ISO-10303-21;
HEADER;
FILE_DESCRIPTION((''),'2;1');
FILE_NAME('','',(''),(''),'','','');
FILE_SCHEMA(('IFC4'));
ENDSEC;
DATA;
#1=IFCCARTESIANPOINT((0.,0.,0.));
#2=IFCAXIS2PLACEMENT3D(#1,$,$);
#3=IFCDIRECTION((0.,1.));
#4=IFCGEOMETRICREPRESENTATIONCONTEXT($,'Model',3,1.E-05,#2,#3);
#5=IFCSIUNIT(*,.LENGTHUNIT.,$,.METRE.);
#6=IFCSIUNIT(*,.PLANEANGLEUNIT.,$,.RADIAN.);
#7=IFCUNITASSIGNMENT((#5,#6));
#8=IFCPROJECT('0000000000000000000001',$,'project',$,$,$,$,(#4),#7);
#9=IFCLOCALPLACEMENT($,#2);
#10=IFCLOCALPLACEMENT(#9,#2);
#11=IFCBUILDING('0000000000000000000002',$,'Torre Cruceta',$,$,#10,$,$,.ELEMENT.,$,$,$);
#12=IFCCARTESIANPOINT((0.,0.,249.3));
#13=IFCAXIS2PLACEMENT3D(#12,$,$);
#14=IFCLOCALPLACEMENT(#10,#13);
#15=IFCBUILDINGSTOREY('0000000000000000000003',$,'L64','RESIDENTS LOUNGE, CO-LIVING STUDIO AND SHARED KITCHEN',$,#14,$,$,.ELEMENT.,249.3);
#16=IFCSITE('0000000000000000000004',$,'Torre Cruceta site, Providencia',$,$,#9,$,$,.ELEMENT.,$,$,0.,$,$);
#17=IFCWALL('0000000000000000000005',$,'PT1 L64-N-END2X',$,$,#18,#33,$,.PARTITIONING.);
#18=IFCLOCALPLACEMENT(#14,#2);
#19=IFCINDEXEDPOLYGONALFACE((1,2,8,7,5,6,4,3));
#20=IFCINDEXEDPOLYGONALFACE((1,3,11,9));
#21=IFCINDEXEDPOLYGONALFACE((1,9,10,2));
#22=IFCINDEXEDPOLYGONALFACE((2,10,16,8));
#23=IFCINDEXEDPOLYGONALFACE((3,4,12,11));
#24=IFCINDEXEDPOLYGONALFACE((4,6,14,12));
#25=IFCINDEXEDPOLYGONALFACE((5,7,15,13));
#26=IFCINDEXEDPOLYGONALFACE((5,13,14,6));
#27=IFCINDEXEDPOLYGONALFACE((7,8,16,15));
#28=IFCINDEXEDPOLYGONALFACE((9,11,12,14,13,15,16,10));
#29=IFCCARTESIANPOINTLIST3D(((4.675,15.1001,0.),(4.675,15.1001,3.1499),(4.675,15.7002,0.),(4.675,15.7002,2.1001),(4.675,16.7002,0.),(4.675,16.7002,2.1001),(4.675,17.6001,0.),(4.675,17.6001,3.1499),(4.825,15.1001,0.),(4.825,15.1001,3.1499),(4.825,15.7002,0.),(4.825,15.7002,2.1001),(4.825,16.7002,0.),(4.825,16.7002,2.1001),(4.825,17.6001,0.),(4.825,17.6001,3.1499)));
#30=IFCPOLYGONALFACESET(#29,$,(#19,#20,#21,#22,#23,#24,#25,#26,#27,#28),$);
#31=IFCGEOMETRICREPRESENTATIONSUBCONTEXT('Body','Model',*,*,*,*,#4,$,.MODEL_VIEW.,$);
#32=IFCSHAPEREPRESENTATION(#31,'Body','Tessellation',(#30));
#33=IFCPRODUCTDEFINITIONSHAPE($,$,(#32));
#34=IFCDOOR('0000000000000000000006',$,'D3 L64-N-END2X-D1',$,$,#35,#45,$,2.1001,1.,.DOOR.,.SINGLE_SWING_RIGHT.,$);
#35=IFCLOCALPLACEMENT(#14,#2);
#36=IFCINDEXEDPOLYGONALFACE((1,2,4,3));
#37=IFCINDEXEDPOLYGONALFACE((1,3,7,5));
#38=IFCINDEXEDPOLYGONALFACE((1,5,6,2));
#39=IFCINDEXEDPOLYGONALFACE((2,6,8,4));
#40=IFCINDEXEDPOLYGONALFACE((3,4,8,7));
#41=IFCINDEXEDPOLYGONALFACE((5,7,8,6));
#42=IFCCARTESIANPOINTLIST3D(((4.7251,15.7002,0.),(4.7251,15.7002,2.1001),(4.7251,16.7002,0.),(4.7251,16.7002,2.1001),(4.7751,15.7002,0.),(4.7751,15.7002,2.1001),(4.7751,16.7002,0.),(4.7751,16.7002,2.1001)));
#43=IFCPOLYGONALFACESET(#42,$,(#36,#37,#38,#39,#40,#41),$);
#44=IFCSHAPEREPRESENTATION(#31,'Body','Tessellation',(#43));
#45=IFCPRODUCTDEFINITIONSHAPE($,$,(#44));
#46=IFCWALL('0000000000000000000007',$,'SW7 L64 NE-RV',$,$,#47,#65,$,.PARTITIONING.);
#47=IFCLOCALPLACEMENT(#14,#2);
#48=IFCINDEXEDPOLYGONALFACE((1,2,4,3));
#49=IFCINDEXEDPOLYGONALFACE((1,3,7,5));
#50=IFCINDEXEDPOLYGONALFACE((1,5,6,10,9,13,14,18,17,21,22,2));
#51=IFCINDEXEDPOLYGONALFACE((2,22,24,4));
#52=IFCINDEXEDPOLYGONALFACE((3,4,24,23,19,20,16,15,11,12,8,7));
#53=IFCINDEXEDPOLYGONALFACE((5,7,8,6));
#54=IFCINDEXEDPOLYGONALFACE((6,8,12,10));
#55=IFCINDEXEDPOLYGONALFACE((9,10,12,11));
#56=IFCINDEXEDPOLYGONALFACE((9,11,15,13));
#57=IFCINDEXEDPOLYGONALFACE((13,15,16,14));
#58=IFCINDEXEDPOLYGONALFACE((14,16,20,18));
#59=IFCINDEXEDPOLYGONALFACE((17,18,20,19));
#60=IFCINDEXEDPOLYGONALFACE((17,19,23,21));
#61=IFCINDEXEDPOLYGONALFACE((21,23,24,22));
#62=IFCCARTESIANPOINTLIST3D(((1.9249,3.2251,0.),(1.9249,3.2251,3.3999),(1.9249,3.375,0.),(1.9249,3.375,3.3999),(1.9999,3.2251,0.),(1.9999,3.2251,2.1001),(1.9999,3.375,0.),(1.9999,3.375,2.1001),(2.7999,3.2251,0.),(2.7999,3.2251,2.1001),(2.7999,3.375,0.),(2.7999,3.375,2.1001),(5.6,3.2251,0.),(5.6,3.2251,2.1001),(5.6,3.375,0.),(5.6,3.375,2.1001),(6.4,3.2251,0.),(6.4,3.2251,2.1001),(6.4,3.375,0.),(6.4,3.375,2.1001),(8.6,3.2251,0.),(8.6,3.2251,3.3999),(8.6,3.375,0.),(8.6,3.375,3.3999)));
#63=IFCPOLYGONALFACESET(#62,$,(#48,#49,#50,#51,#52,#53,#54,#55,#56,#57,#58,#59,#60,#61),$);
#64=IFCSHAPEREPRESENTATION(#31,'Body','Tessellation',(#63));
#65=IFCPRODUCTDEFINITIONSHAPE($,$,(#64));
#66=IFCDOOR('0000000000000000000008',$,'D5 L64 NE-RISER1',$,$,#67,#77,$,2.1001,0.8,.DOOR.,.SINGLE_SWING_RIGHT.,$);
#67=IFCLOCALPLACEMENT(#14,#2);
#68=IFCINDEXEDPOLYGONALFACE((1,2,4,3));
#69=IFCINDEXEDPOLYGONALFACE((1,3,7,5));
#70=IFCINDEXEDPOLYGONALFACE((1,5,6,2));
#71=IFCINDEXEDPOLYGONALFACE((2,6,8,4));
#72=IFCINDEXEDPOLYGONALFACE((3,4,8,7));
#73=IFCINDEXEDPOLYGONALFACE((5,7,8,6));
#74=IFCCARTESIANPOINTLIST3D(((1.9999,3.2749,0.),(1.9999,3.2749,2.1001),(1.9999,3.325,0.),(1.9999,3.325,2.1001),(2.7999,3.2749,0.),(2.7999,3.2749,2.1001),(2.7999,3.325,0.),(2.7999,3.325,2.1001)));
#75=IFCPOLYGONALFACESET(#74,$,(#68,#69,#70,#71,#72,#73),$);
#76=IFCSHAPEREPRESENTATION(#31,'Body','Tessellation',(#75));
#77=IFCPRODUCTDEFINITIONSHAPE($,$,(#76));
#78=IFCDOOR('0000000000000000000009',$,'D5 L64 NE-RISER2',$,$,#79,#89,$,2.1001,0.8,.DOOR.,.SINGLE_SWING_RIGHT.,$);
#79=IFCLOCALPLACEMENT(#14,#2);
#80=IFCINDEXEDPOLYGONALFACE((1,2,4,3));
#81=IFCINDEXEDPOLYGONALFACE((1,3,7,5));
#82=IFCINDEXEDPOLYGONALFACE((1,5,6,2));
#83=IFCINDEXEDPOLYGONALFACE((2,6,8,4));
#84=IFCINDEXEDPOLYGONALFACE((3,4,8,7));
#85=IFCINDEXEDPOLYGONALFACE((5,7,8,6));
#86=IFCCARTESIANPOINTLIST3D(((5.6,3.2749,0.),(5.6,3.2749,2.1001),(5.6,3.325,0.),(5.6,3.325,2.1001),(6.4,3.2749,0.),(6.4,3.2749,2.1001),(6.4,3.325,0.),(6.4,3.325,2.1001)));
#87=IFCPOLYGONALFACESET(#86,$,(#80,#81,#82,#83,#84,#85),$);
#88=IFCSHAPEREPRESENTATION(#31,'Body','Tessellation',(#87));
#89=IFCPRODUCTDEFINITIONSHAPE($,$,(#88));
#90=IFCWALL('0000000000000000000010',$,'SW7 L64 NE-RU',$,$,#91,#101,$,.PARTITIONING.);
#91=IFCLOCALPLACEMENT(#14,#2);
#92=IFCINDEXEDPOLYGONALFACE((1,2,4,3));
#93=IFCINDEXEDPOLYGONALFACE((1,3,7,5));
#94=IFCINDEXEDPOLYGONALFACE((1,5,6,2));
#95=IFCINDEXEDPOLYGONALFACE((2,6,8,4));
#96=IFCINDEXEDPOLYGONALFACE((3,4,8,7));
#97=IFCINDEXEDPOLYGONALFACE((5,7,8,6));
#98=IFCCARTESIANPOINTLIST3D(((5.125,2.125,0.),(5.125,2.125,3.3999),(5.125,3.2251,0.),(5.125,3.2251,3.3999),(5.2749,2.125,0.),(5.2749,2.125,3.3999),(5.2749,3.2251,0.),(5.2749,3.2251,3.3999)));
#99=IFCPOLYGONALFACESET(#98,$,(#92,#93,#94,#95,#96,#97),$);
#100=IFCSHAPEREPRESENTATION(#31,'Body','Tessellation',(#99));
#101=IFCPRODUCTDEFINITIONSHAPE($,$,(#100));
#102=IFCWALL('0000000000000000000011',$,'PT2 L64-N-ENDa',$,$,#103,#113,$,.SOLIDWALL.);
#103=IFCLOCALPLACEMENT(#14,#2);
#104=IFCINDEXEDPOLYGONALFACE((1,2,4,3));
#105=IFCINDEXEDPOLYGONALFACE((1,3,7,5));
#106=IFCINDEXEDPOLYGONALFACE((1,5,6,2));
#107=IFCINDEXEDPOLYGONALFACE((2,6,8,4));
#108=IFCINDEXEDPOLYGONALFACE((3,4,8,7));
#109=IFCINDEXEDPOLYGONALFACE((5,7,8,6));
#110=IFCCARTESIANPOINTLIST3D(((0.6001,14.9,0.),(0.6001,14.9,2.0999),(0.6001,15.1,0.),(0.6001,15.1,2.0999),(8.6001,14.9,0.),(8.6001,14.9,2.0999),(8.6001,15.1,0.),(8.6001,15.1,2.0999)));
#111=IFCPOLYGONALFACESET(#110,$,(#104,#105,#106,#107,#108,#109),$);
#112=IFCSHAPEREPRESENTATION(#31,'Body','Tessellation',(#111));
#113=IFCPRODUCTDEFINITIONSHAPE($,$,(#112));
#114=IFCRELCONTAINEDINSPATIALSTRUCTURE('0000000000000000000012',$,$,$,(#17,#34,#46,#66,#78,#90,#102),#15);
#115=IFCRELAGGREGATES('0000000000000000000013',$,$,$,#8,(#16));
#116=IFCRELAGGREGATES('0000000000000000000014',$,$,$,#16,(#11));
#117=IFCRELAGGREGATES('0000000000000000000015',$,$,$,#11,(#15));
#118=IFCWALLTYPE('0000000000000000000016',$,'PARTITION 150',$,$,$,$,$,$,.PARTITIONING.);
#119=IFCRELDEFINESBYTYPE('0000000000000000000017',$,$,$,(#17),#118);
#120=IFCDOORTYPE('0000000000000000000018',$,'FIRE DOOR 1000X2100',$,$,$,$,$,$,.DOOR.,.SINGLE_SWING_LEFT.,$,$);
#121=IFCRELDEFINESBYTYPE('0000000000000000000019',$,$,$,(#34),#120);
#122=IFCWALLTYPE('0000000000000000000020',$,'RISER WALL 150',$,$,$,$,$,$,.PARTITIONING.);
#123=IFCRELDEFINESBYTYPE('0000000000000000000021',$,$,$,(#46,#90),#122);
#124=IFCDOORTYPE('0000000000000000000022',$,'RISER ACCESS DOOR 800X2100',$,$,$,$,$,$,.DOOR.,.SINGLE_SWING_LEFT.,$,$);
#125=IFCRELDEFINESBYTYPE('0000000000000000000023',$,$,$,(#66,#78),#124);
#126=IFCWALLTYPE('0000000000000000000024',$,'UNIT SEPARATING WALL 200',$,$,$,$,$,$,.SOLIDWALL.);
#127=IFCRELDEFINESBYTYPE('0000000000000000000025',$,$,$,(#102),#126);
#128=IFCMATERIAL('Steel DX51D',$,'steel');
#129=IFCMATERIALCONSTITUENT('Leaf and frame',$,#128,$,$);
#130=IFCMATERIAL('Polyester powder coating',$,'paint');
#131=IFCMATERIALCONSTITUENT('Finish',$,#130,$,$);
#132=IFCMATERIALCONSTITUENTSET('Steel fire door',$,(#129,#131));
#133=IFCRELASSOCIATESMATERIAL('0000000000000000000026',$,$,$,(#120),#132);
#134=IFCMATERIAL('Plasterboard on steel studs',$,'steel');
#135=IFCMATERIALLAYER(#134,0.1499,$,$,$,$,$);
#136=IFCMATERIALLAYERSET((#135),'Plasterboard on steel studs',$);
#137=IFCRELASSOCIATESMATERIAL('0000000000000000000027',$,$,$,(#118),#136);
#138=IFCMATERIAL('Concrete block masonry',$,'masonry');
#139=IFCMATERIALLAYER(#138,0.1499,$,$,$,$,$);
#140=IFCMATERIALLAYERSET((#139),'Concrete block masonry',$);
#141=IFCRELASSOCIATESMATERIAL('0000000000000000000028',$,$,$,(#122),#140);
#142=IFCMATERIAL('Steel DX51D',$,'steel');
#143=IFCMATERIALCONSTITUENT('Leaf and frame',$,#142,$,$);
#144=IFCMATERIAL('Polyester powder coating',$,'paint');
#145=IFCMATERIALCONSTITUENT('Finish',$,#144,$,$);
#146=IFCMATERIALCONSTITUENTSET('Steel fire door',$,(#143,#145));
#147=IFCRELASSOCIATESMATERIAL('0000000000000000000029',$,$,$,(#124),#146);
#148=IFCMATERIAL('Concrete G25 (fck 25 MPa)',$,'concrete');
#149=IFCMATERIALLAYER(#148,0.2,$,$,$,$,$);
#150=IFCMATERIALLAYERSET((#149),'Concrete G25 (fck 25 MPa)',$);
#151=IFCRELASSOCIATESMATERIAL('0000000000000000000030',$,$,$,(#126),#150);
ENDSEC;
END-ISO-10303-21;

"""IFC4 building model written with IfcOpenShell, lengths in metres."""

from ifc_helpers import new_model, si_unit, direction, frame, frame_2d, origin, place, context, subcontext, project, spatial, rectangle, extrude, material, layer, layer_set, constituent, constituent_set, type_object, element, fill, save


model = new_model("IFC4")

# Units and contexts
model_context = context("Model", 3, precision=1e-05, world=origin(), true_north=direction((0.0, 1.0)))
body_context = subcontext(model_context, "Body", "Model", "MODEL_VIEW")
ifc_project = project(units=[si_unit("LENGTHUNIT", "METRE"), si_unit("PLANEANGLEUNIT", "RADIAN")], contexts=[model_context])

# Site, building, storey
site_placement = place(None, origin())
site = spatial("IfcSite", under=ifc_project, at=site_placement, Name="Torre Cruceta site, Providencia", CompositionType="ELEMENT", RefElevation=0.0)
building_placement = place(site_placement, origin())
building = spatial("IfcBuilding", under=site, at=building_placement, Name="Torre Cruceta", CompositionType="ELEMENT")
storey_placement = place(building_placement, frame((0.0, 0.0, 249.3)))
storey = spatial("IfcBuildingStorey", under=building, at=storey_placement, Name="L64", Description="RESIDENTS LOUNGE, CO-LIVING STUDIO AND SHARED KITCHEN", CompositionType="ELEMENT", Elevation=249.3)

# Shared definitions
ifc_material_1 = material(Name="Steel DX51D", Category="steel")
ifc_constituent_1 = constituent(ifc_material_1, Name="Leaf and frame")
ifc_material_2 = material(Name="Polyester powder coating", Category="paint")
ifc_constituent_2 = constituent(ifc_material_2, Name="Finish")
ifc_constituent_set_1 = constituent_set(constituents=[ifc_constituent_1, ifc_constituent_2], Name="Steel fire door")
door_type_1 = type_object("IfcDoorType", Name="FIRE DOOR 1000X2100", OperationType="SINGLE_SWING_LEFT", PredefinedType="DOOR", material=ifc_constituent_set_1)

# Wall, opening, door
ifc_material_3 = material(Name="Plasterboard on steel studs", Category="steel")
ifc_layer_1 = layer(ifc_material_3, 0.1499)
ifc_layer_set_1 = layer_set([ifc_layer_1], Name="Plasterboard on steel studs")
wall_type_1 = type_object("IfcWallType", Name="PARTITION 150", PredefinedType="PARTITIONING", material=ifc_layer_set_1)
wall_1_placement = place(storey_placement, frame((4.75, 15.1001, 0.0), z_axis=(0.0, 0.0, 1.0), x_axis=(0.0, 1.0, 0.0)))
wall_1 = element("IfcWall", 1, at=wall_1_placement, inside=storey, type_object=wall_type_1, Name="PT1 L64-N-END2X", PredefinedType="PARTITIONING", context=body_context, shape_type="SweptSolid", body=[
    extrude(rectangle(XDim=2.5, YDim=0.1499, at=frame_2d((1.25, 0.0))), origin(), (0.0, 0.0, 1.0), 3.1499),
])
opening_1_placement = place(wall_1_placement, frame((0.6001, 0.0, 0.0)))
opening_1 = element("IfcOpeningElement", 2, at=opening_1_placement, cuts=wall_1, PredefinedType="OPENING", context=body_context, shape_type="SweptSolid", body=[
    extrude(rectangle(XDim=1.0, YDim=2.1001, at=frame_2d((0.5, 1.05))), frame((0.0, 0.085, 0.0), z_axis=(0.0, -1.0, 0.0), x_axis=(1.0, 0.0, 0.0)), (0.0, 0.0, 1.0), 0.1699),
])
door_1_placement = place(opening_1_placement, frame((1.0, 0.0, 0.0), z_axis=(0.0, 0.0, 1.0), x_axis=(-1.0, 0.0, 0.0)))
door_1 = element("IfcDoor", 3, at=door_1_placement, inside=storey, type_object=door_type_1, Name="D3 L64-N-END2X-D1", OperationType="SINGLE_SWING_RIGHT", OverallHeight=2.1001, OverallWidth=1.0, PredefinedType="DOOR", context=body_context, shape_type="SweptSolid", body=[
    extrude(rectangle(XDim=1.0, YDim=2.1001, at=frame_2d((0.5, 1.05))), frame((0.0, 0.0251, 0.0), z_axis=(0.0, -1.0, 0.0), x_axis=(1.0, 0.0, 0.0)), (0.0, 0.0, 1.0), 0.05),
])
fill(opening_1, door_1)

# Wall, openings, doors
ifc_material_4 = material(Name="Concrete block masonry", Category="masonry")
ifc_layer_2 = layer(ifc_material_4, 0.1499)
ifc_layer_set_2 = layer_set([ifc_layer_2], Name="Concrete block masonry")
wall_type_2 = type_object("IfcWallType", Name="RISER WALL 150", PredefinedType="PARTITIONING", material=ifc_layer_set_2)
wall_2_placement = place(storey_placement, frame((1.925, 3.3, 0.0), z_axis=(0.0, 0.0, 1.0), x_axis=(1.0, 0.0, 0.0)))
wall_2 = element("IfcWall", 4, at=wall_2_placement, inside=storey, type_object=wall_type_2, Name="SW7 L64 NE-RV", PredefinedType="PARTITIONING", context=body_context, shape_type="SweptSolid", body=[
    extrude(rectangle(XDim=6.675, YDim=0.1499, at=frame_2d((3.3374, 0.0))), origin(), (0.0, 0.0, 1.0), 3.3999),
])
opening_2_placement = place(wall_2_placement, frame((0.075, 0.0, 0.0)))
opening_2 = element("IfcOpeningElement", 5, at=opening_2_placement, cuts=wall_2, PredefinedType="OPENING", context=body_context, shape_type="SweptSolid", body=[
    extrude(rectangle(XDim=0.8, YDim=2.1001, at=frame_2d((0.3999, 1.05))), frame((0.0, 0.085, 0.0), z_axis=(0.0, -1.0, 0.0), x_axis=(1.0, 0.0, 0.0)), (0.0, 0.0, 1.0), 0.1699),
])
opening_3_placement = place(wall_2_placement, frame((3.675, 0.0, 0.0)))
opening_3 = element("IfcOpeningElement", 6, at=opening_3_placement, cuts=wall_2, PredefinedType="OPENING", context=body_context, shape_type="SweptSolid", body=[
    extrude(rectangle(XDim=0.8, YDim=2.1001, at=frame_2d((0.3999, 1.05))), frame((0.0, 0.085, 0.0), z_axis=(0.0, -1.0, 0.0), x_axis=(1.0, 0.0, 0.0)), (0.0, 0.0, 1.0), 0.1699),
])
ifc_material_5 = material(Name="Steel DX51D", Category="steel")
ifc_constituent_3 = constituent(ifc_material_5, Name="Leaf and frame")
ifc_material_6 = material(Name="Polyester powder coating", Category="paint")
ifc_constituent_4 = constituent(ifc_material_6, Name="Finish")
ifc_constituent_set_2 = constituent_set(constituents=[ifc_constituent_3, ifc_constituent_4], Name="Steel fire door")
door_type_2 = type_object("IfcDoorType", Name="RISER ACCESS DOOR 800X2100", OperationType="SINGLE_SWING_LEFT", PredefinedType="DOOR", material=ifc_constituent_set_2)
door_2_placement = place(opening_2_placement, frame((0.8, 0.0, 0.0), z_axis=(0.0, 0.0, 1.0), x_axis=(-1.0, 0.0, 0.0)))
door_2 = element("IfcDoor", 7, at=door_2_placement, inside=storey, type_object=door_type_2, Name="D5 L64 NE-RISER1", OperationType="SINGLE_SWING_RIGHT", OverallHeight=2.1001, OverallWidth=0.8, PredefinedType="DOOR", context=body_context, shape_type="SweptSolid", body=[
    extrude(rectangle(XDim=0.8, YDim=2.1001, at=frame_2d((0.4001, 1.05))), frame((0.0, 0.0251, 0.0), z_axis=(0.0, -1.0, 0.0), x_axis=(1.0, 0.0, 0.0)), (0.0, 0.0, 1.0), 0.05),
])
fill(opening_2, door_2)
door_3_placement = place(opening_3_placement, frame((0.8, 0.0, 0.0), z_axis=(0.0, 0.0, 1.0), x_axis=(-1.0, 0.0, 0.0)))
door_3 = element("IfcDoor", 8, at=door_3_placement, inside=storey, type_object=door_type_2, Name="D5 L64 NE-RISER2", OperationType="SINGLE_SWING_RIGHT", OverallHeight=2.1001, OverallWidth=0.8, PredefinedType="DOOR", context=body_context, shape_type="SweptSolid", body=[
    extrude(rectangle(XDim=0.8, YDim=2.1001, at=frame_2d((0.4001, 1.05))), frame((0.0, 0.0251, 0.0), z_axis=(0.0, -1.0, 0.0), x_axis=(1.0, 0.0, 0.0)), (0.0, 0.0, 1.0), 0.05),
])
fill(opening_3, door_3)

# Walls
wall_3_placement = place(storey_placement, frame((5.2, 2.125, 0.0), z_axis=(0.0, 0.0, 1.0), x_axis=(0.0, 1.0, 0.0)))
element("IfcWall", 9, at=wall_3_placement, inside=storey, type_object=wall_type_2, Name="SW7 L64 NE-RU", PredefinedType="PARTITIONING", context=body_context, shape_type="SweptSolid", body=[
    extrude(rectangle(XDim=1.1001, YDim=0.1499, at=frame_2d((0.55, 0.0))), origin(), (0.0, 0.0, 1.0), 3.3999),
])
ifc_material_7 = material(Name="Concrete G25 (fck 25 MPa)", Category="concrete")
ifc_layer_3 = layer(ifc_material_7, 0.2)
ifc_layer_set_3 = layer_set([ifc_layer_3], Name="Concrete G25 (fck 25 MPa)")
wall_type_3 = type_object("IfcWallType", Name="UNIT SEPARATING WALL 200", PredefinedType="SOLIDWALL", material=ifc_layer_set_3)
wall_4_placement = place(storey_placement, frame((8.6001, 15.0, 0.0), z_axis=(0.0, 0.0, 1.0), x_axis=(-1.0, 0.0, 0.0)))
element("IfcWall", 10, at=wall_4_placement, inside=storey, type_object=wall_type_3, Name="PT2 L64-N-ENDa", PredefinedType="SOLIDWALL", context=body_context, shape_type="SweptSolid", body=[
    extrude(rectangle(XDim=8.0, YDim=0.2, at=frame_2d((4.0, 0.0))), origin(), (0.0, 0.0, 1.0), 2.0999),
])

save(model, "model.ifc")
